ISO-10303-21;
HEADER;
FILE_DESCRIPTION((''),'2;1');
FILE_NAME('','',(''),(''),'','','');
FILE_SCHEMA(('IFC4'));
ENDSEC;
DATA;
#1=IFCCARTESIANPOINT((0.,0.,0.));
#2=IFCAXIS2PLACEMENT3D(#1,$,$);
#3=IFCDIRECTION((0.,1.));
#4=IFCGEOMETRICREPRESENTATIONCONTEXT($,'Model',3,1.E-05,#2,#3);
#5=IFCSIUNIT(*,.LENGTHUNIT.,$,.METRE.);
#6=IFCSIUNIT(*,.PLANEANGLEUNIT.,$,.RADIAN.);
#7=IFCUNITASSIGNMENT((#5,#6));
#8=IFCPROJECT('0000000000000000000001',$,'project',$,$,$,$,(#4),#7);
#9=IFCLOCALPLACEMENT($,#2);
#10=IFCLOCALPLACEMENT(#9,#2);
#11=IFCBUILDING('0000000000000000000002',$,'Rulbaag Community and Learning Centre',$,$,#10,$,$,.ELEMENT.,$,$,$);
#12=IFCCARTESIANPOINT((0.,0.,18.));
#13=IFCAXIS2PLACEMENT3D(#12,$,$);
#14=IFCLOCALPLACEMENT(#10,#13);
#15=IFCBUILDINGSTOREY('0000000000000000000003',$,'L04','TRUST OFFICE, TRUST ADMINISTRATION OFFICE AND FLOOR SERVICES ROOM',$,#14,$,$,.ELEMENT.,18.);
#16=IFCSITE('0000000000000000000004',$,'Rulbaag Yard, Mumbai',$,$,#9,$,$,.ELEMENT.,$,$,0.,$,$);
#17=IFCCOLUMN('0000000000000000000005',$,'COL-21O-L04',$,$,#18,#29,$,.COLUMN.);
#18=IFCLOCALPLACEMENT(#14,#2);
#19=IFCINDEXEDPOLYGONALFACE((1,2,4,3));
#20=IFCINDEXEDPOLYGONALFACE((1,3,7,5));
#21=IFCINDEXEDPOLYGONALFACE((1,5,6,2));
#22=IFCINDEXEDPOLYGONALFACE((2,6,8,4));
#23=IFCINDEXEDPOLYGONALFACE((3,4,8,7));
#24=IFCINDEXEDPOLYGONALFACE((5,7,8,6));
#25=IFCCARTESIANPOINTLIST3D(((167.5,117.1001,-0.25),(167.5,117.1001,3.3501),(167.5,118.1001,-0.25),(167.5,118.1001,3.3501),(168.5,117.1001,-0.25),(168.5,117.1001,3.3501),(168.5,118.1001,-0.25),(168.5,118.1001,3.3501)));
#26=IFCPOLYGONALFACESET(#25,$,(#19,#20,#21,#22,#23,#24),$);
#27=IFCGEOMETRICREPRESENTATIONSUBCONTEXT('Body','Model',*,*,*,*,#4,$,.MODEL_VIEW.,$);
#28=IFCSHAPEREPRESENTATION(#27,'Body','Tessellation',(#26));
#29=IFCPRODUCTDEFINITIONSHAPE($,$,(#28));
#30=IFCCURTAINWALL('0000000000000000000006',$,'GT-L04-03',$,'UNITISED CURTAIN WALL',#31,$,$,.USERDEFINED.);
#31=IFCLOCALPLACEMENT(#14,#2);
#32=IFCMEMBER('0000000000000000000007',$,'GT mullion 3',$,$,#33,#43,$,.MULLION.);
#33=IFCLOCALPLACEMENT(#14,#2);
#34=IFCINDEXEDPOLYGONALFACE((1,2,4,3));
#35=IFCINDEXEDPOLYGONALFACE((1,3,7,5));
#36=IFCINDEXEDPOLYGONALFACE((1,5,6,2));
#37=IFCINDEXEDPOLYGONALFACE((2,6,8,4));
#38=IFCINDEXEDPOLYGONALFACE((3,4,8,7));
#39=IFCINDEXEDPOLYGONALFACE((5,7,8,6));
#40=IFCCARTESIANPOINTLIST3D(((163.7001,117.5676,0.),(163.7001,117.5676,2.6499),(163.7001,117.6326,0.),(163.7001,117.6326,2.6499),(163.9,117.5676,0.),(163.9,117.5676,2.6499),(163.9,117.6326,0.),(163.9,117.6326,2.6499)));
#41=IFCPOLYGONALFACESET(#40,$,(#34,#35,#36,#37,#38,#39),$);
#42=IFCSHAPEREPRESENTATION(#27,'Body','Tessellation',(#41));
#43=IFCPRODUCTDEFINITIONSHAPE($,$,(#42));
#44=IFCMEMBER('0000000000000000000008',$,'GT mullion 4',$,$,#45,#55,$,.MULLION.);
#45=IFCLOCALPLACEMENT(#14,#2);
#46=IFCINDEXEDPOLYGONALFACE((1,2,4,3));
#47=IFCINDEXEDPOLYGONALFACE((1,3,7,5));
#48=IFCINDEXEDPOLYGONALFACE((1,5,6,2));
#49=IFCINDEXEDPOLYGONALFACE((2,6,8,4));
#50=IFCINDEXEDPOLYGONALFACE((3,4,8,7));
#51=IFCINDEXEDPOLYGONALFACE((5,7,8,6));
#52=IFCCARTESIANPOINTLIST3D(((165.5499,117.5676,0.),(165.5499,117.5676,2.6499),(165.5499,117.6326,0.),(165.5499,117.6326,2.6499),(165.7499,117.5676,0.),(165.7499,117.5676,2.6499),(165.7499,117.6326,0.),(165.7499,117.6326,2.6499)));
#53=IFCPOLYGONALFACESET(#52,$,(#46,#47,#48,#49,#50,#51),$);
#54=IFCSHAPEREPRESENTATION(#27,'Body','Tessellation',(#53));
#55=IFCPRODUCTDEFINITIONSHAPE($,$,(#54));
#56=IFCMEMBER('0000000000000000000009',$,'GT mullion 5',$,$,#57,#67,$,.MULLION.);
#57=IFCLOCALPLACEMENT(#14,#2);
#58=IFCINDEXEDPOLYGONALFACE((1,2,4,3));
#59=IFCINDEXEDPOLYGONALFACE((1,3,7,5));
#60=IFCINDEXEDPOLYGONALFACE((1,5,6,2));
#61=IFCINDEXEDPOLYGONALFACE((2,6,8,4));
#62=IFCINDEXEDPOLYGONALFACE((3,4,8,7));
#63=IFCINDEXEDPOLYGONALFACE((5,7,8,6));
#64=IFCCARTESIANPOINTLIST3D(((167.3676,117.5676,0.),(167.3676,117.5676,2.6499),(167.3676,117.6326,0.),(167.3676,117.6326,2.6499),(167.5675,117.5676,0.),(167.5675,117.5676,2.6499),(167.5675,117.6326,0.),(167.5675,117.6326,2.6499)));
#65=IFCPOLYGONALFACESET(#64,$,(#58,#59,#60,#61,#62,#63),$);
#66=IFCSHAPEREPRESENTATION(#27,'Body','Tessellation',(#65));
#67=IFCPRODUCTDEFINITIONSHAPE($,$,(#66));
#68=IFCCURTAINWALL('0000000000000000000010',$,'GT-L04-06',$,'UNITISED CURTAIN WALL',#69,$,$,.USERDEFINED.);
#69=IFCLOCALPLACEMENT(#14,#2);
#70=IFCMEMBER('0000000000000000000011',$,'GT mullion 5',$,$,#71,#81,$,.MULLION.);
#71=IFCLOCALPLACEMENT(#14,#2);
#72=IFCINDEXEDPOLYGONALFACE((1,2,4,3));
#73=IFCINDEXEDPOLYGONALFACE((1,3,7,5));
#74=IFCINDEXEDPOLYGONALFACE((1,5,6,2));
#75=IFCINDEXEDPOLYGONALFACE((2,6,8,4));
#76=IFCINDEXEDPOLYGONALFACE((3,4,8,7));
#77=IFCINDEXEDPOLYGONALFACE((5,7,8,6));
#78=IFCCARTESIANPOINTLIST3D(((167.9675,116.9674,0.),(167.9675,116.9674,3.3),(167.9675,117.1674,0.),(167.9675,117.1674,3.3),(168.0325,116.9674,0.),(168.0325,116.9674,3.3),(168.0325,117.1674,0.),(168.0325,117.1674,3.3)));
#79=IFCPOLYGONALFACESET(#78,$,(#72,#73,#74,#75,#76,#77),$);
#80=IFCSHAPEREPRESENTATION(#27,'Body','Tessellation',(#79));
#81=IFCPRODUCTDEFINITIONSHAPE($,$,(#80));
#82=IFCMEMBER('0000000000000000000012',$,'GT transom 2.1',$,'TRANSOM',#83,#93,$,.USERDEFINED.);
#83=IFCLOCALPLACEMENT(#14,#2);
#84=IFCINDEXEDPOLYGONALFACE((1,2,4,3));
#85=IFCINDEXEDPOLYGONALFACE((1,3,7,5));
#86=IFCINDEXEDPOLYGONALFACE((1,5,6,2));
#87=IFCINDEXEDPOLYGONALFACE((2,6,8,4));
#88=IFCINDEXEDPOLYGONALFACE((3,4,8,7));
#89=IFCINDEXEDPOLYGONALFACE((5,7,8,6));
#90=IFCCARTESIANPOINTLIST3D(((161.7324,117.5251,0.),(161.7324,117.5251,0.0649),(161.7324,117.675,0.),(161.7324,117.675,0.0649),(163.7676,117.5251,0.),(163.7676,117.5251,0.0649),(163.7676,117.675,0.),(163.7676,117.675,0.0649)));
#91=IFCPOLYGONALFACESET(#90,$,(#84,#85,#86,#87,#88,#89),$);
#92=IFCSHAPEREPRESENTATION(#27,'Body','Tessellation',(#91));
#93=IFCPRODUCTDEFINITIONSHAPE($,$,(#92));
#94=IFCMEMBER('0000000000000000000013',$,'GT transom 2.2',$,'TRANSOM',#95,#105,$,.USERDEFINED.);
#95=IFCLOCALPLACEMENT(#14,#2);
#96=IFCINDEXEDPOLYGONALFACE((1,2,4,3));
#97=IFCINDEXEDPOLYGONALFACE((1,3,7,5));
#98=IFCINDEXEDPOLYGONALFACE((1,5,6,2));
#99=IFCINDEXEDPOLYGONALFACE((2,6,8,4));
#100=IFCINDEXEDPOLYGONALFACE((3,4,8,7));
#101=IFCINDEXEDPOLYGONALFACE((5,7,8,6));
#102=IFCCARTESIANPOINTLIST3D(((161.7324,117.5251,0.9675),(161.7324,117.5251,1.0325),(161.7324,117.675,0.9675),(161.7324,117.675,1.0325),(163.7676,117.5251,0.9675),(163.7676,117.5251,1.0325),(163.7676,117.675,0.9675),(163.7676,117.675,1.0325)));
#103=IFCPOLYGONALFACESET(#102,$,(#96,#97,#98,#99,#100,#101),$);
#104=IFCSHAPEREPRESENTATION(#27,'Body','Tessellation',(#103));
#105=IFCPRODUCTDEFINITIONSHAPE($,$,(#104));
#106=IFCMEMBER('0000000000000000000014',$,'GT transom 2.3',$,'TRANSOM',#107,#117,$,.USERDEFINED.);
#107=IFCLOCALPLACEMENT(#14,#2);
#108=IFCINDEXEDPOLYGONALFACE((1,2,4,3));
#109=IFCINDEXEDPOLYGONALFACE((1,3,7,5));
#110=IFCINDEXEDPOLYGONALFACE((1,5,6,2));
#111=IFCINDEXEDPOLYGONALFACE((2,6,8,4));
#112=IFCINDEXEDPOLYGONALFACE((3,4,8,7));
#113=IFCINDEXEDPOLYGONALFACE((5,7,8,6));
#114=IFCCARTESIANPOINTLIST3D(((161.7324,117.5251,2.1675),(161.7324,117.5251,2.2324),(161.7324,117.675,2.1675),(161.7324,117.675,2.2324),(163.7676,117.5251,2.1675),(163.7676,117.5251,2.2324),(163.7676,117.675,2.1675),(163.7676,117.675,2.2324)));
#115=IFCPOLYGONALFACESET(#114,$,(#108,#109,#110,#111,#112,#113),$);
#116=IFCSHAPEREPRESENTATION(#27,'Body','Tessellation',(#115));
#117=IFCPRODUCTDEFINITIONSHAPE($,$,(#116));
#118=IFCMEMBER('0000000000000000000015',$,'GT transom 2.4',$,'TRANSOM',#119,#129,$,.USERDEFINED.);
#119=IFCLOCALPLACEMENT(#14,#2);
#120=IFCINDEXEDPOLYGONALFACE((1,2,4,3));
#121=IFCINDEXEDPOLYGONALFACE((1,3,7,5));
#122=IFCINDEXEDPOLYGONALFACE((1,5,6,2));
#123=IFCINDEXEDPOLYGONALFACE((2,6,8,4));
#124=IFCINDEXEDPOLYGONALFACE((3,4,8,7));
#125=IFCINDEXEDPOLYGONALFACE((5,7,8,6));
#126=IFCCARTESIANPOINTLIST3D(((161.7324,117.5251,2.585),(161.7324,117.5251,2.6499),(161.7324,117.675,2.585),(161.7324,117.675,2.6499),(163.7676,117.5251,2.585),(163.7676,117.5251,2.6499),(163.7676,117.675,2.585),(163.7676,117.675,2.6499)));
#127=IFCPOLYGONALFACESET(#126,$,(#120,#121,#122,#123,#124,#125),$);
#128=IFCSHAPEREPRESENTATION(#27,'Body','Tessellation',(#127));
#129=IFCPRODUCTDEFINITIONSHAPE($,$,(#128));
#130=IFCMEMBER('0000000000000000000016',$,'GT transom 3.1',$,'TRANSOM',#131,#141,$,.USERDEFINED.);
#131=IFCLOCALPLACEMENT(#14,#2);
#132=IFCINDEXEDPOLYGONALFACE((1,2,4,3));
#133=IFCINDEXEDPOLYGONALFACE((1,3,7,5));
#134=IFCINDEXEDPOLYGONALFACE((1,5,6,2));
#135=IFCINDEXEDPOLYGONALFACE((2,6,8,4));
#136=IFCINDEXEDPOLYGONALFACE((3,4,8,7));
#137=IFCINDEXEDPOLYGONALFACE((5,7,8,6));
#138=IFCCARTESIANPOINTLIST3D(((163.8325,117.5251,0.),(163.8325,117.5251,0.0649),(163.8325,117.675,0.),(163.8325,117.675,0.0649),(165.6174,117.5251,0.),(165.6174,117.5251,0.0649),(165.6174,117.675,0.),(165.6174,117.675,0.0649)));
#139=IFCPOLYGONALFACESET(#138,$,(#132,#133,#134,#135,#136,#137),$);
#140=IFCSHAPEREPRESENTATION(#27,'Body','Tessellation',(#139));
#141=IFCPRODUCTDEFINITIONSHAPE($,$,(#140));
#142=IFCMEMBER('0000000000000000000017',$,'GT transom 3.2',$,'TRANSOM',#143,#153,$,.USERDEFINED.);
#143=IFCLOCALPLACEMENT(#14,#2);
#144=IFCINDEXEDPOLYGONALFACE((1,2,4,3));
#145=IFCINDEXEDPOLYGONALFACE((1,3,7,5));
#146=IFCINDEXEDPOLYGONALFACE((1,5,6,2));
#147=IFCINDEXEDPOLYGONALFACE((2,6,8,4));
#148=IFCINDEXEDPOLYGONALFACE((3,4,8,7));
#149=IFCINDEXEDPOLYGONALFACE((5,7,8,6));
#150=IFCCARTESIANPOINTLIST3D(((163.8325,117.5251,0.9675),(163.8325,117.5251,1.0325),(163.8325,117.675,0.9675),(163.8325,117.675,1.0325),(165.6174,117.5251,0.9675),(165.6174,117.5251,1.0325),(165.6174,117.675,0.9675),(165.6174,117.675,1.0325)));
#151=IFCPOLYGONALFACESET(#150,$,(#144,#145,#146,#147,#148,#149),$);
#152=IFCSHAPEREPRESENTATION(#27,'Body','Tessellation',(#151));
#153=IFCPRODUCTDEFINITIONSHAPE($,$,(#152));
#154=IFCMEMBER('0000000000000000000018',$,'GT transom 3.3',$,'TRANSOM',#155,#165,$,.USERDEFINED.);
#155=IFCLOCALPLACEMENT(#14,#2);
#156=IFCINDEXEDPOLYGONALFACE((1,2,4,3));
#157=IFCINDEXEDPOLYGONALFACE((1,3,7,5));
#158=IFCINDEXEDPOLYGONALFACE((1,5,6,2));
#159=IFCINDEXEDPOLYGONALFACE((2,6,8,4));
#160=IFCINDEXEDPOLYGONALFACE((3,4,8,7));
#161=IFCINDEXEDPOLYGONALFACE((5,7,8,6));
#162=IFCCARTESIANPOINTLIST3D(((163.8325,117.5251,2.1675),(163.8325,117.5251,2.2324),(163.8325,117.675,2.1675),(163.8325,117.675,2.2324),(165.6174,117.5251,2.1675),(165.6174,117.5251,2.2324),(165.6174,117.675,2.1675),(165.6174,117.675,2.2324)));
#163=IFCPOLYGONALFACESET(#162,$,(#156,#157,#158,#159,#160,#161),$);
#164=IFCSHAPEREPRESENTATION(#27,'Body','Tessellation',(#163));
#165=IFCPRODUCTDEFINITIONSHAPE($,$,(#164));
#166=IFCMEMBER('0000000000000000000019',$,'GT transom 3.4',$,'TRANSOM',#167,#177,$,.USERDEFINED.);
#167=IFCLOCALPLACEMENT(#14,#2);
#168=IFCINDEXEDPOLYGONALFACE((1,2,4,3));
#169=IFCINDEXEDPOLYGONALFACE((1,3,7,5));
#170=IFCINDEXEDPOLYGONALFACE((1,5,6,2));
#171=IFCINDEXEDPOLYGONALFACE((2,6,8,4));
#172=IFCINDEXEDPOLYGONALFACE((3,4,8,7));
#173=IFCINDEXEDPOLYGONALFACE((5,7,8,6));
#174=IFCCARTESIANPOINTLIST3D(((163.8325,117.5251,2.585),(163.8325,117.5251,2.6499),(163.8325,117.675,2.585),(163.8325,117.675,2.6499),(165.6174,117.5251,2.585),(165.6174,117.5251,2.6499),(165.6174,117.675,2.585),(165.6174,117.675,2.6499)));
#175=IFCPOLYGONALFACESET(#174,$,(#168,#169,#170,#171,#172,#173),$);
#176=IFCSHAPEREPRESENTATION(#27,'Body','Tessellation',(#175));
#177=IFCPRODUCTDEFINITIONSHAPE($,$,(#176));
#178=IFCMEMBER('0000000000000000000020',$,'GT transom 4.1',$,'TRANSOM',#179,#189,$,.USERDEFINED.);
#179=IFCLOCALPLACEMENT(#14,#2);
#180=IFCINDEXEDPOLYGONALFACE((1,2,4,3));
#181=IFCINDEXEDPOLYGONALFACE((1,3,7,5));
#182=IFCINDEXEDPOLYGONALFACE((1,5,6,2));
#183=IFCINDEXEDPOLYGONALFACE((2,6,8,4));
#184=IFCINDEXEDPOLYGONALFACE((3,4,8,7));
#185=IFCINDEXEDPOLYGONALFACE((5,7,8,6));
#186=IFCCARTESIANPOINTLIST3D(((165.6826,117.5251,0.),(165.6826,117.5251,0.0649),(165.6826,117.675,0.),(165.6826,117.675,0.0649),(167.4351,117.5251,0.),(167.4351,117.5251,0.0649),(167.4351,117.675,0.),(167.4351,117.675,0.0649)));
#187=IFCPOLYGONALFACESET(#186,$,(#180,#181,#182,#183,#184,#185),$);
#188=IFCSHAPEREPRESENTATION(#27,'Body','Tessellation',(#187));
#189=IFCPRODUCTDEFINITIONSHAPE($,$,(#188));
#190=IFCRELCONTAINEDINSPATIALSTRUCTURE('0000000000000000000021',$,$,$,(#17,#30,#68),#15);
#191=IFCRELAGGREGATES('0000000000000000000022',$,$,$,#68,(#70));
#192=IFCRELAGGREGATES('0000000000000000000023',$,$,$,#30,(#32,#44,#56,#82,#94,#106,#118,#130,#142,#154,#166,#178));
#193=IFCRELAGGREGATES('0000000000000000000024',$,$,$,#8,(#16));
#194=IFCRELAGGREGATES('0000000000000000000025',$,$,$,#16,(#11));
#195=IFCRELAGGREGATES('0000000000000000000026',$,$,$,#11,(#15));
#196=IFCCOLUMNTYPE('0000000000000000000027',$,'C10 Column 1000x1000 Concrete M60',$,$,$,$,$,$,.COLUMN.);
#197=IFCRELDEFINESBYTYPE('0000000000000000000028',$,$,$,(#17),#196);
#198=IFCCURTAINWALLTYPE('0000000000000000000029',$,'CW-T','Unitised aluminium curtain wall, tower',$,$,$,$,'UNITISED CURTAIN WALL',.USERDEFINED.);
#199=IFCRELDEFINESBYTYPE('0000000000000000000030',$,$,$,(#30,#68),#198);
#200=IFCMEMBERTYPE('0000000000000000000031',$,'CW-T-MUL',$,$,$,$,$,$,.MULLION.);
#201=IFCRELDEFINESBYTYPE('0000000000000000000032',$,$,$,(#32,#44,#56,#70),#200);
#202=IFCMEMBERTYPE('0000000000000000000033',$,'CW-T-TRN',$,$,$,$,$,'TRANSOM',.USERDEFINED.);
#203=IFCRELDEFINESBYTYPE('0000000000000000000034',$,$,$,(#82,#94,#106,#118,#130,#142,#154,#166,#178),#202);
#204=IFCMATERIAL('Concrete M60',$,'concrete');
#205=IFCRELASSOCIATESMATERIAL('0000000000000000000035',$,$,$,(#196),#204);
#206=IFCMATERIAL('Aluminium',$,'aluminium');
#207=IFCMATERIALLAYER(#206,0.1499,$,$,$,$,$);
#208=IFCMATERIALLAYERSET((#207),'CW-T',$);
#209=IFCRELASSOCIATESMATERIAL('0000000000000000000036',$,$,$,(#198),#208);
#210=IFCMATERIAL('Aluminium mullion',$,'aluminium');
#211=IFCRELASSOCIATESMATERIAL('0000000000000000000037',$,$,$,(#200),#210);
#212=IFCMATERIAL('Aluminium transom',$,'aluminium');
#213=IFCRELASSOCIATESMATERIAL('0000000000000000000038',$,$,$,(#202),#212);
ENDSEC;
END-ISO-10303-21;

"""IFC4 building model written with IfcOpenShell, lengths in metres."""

from ifc_helpers import new_model, si_unit, direction, frame, origin, origin_2d, place, context, subcontext, project, spatial, rectangle, extrude, material, layer, layer_set, material_profile, profile_set, type_object, element, aggregate, save


model = new_model("IFC4")

# Units and contexts
model_context = context("Model", 3, precision=1e-05, world=origin(), true_north=direction((0.0, 1.0)))
body_context = subcontext(model_context, "Body", "Model", "MODEL_VIEW")
ifc_project = project(units=[si_unit("LENGTHUNIT", "METRE"), si_unit("PLANEANGLEUNIT", "RADIAN")], contexts=[model_context])

# Site, building, storey
site_placement = place(None, origin())
site = spatial("IfcSite", under=ifc_project, at=site_placement, Name="Rulbaag Yard, Mumbai", CompositionType="ELEMENT", RefElevation=0.0)
building_placement = place(site_placement, origin())
building = spatial("IfcBuilding", under=site, at=building_placement, Name="Rulbaag Community and Learning Centre", CompositionType="ELEMENT")
storey_placement = place(building_placement, frame((0.0, 0.0, 18.0)))
storey = spatial("IfcBuildingStorey", under=building, at=storey_placement, Name="L04", Description="TRUST OFFICE, TRUST ADMINISTRATION OFFICE AND FLOOR SERVICES ROOM", CompositionType="ELEMENT", Elevation=18.0)

# Column
ifc_material_1 = material(Name="Concrete M60", Category="concrete")
ifc_material_profile_1 = material_profile(ifc_material_1, rectangle(XDim=1.0, YDim=1.0, at=origin_2d()), Name="RC1000x1000")
ifc_profile_set_1 = profile_set([ifc_material_profile_1], Name="Concrete M60")
column_type = type_object("IfcColumnType", Name="C10 Column 1000x1000 Concrete M60", PredefinedType="COLUMN", material=ifc_profile_set_1)
column_placement = place(storey_placement, frame((168.0, 117.6001, -0.25), z_axis=(0.0, 0.0, 1.0), x_axis=(1.0, 0.0, 0.0)))
element("IfcColumn", 1, at=column_placement, inside=storey, type_object=column_type, Name="COL-21O-L04", PredefinedType="COLUMN", context=body_context, shape_type="SweptSolid", body=[
    extrude(rectangle(XDim=1.0, YDim=1.0, at=origin_2d()), origin(), (0.0, 0.0, 1.0), 3.6001),
])

# Curtain wall, members
ifc_material_2 = material(Name="Aluminium", Category="aluminium")
ifc_layer_1 = layer(ifc_material_2, 0.1499)
ifc_layer_set_1 = layer_set([ifc_layer_1], Name="CW-T")
curtain_wall_type = type_object("IfcCurtainWallType", Name="CW-T", Description="Unitised aluminium curtain wall, tower", ElementType="UNITISED CURTAIN WALL", PredefinedType="USERDEFINED", material=ifc_layer_set_1)
curtain_wall_1_placement = place(storey_placement, origin())
curtain_wall_1 = element("IfcCurtainWall", 2, at=curtain_wall_1_placement, inside=storey, type_object=curtain_wall_type, Name="GT-L04-03", ObjectType="UNITISED CURTAIN WALL", PredefinedType="USERDEFINED")
ifc_material_3 = material(Name="Aluminium mullion", Category="aluminium")
ifc_material_profile_2 = material_profile(ifc_material_3, rectangle(XDim=0.0649, YDim=0.2, at=origin_2d()), Name="AL 65x200")
ifc_profile_set_2 = profile_set([ifc_material_profile_2], Name="Aluminium mullion")
member_type_1 = type_object("IfcMemberType", Name="CW-T-MUL", PredefinedType="MULLION", material=ifc_profile_set_2)
member_1_placement = place(storey_placement, frame((163.8, 117.6001, 0.0), z_axis=(0.0, 0.0, 1.0), x_axis=(0.0, 1.0, 0.0)))
member_1 = element("IfcMember", 3, at=member_1_placement, type_object=member_type_1, Name="GT mullion 3", PredefinedType="MULLION", context=body_context, shape_type="SweptSolid", body=[
    extrude(rectangle(XDim=0.0649, YDim=0.2, at=origin_2d()), origin(), (0.0, 0.0, 1.0), 2.6499),
])
member_2_placement = place(storey_placement, frame((165.6499, 117.6001, 0.0), z_axis=(0.0, 0.0, 1.0), x_axis=(0.0, 1.0, 0.0)))
member_2 = element("IfcMember", 4, at=member_2_placement, type_object=member_type_1, Name="GT mullion 4", PredefinedType="MULLION", context=body_context, shape_type="SweptSolid", body=[
    extrude(rectangle(XDim=0.0649, YDim=0.2, at=origin_2d()), origin(), (0.0, 0.0, 1.0), 2.6499),
])
member_3_placement = place(storey_placement, frame((167.4675, 117.6001, 0.0), z_axis=(0.0, 0.0, 1.0), x_axis=(0.0, 1.0, 0.0)))
member_3 = element("IfcMember", 5, at=member_3_placement, type_object=member_type_1, Name="GT mullion 5", PredefinedType="MULLION", context=body_context, shape_type="SweptSolid", body=[
    extrude(rectangle(XDim=0.0649, YDim=0.2, at=origin_2d()), origin(), (0.0, 0.0, 1.0), 2.6499),
])

# Curtain wall, member
curtain_wall_2_placement = place(storey_placement, origin())
curtain_wall_2 = element("IfcCurtainWall", 6, at=curtain_wall_2_placement, inside=storey, type_object=curtain_wall_type, Name="GT-L04-06", ObjectType="UNITISED CURTAIN WALL", PredefinedType="USERDEFINED")
member_4_placement = place(storey_placement, frame((168.0, 117.0674, 0.0), z_axis=(0.0, 0.0, 1.0), x_axis=(-1.0, 0.0, 0.0)))
member_4 = element("IfcMember", 7, at=member_4_placement, type_object=member_type_1, Name="GT mullion 5", PredefinedType="MULLION", context=body_context, shape_type="SweptSolid", body=[
    extrude(rectangle(XDim=0.0649, YDim=0.2, at=origin_2d()), origin(), (0.0, 0.0, 1.0), 3.3),
])
aggregate(curtain_wall_2, [member_4])

# Members
ifc_material_4 = material(Name="Aluminium transom", Category="aluminium")
ifc_material_profile_3 = material_profile(ifc_material_4, rectangle(XDim=0.1499, YDim=0.0649, at=origin_2d()), Name="AL 65x150 T")
ifc_profile_set_3 = profile_set([ifc_material_profile_3], Name="Aluminium transom")
member_type_2 = type_object("IfcMemberType", Name="CW-T-TRN", ElementType="TRANSOM", PredefinedType="USERDEFINED", material=ifc_profile_set_3)
member_5_placement = place(storey_placement, frame((161.7324, 117.6001, 0.0325), z_axis=(1.0, 0.0, 0.0), x_axis=(0.0, 1.0, 0.0)))
member_5 = element("IfcMember", 8, at=member_5_placement, type_object=member_type_2, Name="GT transom 2.1", ObjectType="TRANSOM", PredefinedType="USERDEFINED", context=body_context, shape_type="SweptSolid", body=[
    extrude(rectangle(XDim=0.1499, YDim=0.0649, at=origin_2d()), origin(), (0.0, 0.0, 1.0), 2.0352),
])
member_6_placement = place(storey_placement, frame((161.7324, 117.6001, 1.0), z_axis=(1.0, 0.0, 0.0), x_axis=(0.0, 1.0, 0.0)))
member_6 = element("IfcMember", 9, at=member_6_placement, type_object=member_type_2, Name="GT transom 2.2", ObjectType="TRANSOM", PredefinedType="USERDEFINED", context=body_context, shape_type="SweptSolid", body=[
    extrude(rectangle(XDim=0.1499, YDim=0.0649, at=origin_2d()), origin(), (0.0, 0.0, 1.0), 2.0352),
])
member_7_placement = place(storey_placement, frame((161.7324, 117.6001, 2.2), z_axis=(1.0, 0.0, 0.0), x_axis=(0.0, 1.0, 0.0)))
member_7 = element("IfcMember", 10, at=member_7_placement, type_object=member_type_2, Name="GT transom 2.3", ObjectType="TRANSOM", PredefinedType="USERDEFINED", context=body_context, shape_type="SweptSolid", body=[
    extrude(rectangle(XDim=0.1499, YDim=0.0649, at=origin_2d()), origin(), (0.0, 0.0, 1.0), 2.0352),
])
member_8_placement = place(storey_placement, frame((161.7324, 117.6001, 2.6174), z_axis=(1.0, 0.0, 0.0), x_axis=(0.0, 1.0, 0.0)))
member_8 = element("IfcMember", 11, at=member_8_placement, type_object=member_type_2, Name="GT transom 2.4", ObjectType="TRANSOM", PredefinedType="USERDEFINED", context=body_context, shape_type="SweptSolid", body=[
    extrude(rectangle(XDim=0.1499, YDim=0.0649, at=origin_2d()), origin(), (0.0, 0.0, 1.0), 2.0352),
])
member_9_placement = place(storey_placement, frame((163.8325, 117.6001, 0.0325), z_axis=(1.0, 0.0, 0.0), x_axis=(0.0, 1.0, 0.0)))
member_9 = element("IfcMember", 12, at=member_9_placement, type_object=member_type_2, Name="GT transom 3.1", ObjectType="TRANSOM", PredefinedType="USERDEFINED", context=body_context, shape_type="SweptSolid", body=[
    extrude(rectangle(XDim=0.1499, YDim=0.0649, at=origin_2d()), origin(), (0.0, 0.0, 1.0), 1.7849),
])
member_10_placement = place(storey_placement, frame((163.8325, 117.6001, 1.0), z_axis=(1.0, 0.0, 0.0), x_axis=(0.0, 1.0, 0.0)))
member_10 = element("IfcMember", 13, at=member_10_placement, type_object=member_type_2, Name="GT transom 3.2", ObjectType="TRANSOM", PredefinedType="USERDEFINED", context=body_context, shape_type="SweptSolid", body=[
    extrude(rectangle(XDim=0.1499, YDim=0.0649, at=origin_2d()), origin(), (0.0, 0.0, 1.0), 1.7849),
])
member_11_placement = place(storey_placement, frame((163.8325, 117.6001, 2.2), z_axis=(1.0, 0.0, 0.0), x_axis=(0.0, 1.0, 0.0)))
member_11 = element("IfcMember", 14, at=member_11_placement, type_object=member_type_2, Name="GT transom 3.3", ObjectType="TRANSOM", PredefinedType="USERDEFINED", context=body_context, shape_type="SweptSolid", body=[
    extrude(rectangle(XDim=0.1499, YDim=0.0649, at=origin_2d()), origin(), (0.0, 0.0, 1.0), 1.7849),
])
member_12_placement = place(storey_placement, frame((163.8325, 117.6001, 2.6174), z_axis=(1.0, 0.0, 0.0), x_axis=(0.0, 1.0, 0.0)))
member_12 = element("IfcMember", 15, at=member_12_placement, type_object=member_type_2, Name="GT transom 3.4", ObjectType="TRANSOM", PredefinedType="USERDEFINED", context=body_context, shape_type="SweptSolid", body=[
    extrude(rectangle(XDim=0.1499, YDim=0.0649, at=origin_2d()), origin(), (0.0, 0.0, 1.0), 1.7849),
])
member_13_placement = place(storey_placement, frame((165.6826, 117.6001, 0.0325), z_axis=(1.0, 0.0, 0.0), x_axis=(0.0, 1.0, 0.0)))
member_13 = element("IfcMember", 16, at=member_13_placement, type_object=member_type_2, Name="GT transom 4.1", ObjectType="TRANSOM", PredefinedType="USERDEFINED", context=body_context, shape_type="SweptSolid", body=[
    extrude(rectangle(XDim=0.1499, YDim=0.0649, at=origin_2d()), origin(), (0.0, 0.0, 1.0), 1.7524),
])

aggregate(curtain_wall_1, [member_1, member_2, member_3, member_5, member_6, member_7, member_8, member_9, member_10, member_11, member_12, member_13])

save(model, "model.ifc")
